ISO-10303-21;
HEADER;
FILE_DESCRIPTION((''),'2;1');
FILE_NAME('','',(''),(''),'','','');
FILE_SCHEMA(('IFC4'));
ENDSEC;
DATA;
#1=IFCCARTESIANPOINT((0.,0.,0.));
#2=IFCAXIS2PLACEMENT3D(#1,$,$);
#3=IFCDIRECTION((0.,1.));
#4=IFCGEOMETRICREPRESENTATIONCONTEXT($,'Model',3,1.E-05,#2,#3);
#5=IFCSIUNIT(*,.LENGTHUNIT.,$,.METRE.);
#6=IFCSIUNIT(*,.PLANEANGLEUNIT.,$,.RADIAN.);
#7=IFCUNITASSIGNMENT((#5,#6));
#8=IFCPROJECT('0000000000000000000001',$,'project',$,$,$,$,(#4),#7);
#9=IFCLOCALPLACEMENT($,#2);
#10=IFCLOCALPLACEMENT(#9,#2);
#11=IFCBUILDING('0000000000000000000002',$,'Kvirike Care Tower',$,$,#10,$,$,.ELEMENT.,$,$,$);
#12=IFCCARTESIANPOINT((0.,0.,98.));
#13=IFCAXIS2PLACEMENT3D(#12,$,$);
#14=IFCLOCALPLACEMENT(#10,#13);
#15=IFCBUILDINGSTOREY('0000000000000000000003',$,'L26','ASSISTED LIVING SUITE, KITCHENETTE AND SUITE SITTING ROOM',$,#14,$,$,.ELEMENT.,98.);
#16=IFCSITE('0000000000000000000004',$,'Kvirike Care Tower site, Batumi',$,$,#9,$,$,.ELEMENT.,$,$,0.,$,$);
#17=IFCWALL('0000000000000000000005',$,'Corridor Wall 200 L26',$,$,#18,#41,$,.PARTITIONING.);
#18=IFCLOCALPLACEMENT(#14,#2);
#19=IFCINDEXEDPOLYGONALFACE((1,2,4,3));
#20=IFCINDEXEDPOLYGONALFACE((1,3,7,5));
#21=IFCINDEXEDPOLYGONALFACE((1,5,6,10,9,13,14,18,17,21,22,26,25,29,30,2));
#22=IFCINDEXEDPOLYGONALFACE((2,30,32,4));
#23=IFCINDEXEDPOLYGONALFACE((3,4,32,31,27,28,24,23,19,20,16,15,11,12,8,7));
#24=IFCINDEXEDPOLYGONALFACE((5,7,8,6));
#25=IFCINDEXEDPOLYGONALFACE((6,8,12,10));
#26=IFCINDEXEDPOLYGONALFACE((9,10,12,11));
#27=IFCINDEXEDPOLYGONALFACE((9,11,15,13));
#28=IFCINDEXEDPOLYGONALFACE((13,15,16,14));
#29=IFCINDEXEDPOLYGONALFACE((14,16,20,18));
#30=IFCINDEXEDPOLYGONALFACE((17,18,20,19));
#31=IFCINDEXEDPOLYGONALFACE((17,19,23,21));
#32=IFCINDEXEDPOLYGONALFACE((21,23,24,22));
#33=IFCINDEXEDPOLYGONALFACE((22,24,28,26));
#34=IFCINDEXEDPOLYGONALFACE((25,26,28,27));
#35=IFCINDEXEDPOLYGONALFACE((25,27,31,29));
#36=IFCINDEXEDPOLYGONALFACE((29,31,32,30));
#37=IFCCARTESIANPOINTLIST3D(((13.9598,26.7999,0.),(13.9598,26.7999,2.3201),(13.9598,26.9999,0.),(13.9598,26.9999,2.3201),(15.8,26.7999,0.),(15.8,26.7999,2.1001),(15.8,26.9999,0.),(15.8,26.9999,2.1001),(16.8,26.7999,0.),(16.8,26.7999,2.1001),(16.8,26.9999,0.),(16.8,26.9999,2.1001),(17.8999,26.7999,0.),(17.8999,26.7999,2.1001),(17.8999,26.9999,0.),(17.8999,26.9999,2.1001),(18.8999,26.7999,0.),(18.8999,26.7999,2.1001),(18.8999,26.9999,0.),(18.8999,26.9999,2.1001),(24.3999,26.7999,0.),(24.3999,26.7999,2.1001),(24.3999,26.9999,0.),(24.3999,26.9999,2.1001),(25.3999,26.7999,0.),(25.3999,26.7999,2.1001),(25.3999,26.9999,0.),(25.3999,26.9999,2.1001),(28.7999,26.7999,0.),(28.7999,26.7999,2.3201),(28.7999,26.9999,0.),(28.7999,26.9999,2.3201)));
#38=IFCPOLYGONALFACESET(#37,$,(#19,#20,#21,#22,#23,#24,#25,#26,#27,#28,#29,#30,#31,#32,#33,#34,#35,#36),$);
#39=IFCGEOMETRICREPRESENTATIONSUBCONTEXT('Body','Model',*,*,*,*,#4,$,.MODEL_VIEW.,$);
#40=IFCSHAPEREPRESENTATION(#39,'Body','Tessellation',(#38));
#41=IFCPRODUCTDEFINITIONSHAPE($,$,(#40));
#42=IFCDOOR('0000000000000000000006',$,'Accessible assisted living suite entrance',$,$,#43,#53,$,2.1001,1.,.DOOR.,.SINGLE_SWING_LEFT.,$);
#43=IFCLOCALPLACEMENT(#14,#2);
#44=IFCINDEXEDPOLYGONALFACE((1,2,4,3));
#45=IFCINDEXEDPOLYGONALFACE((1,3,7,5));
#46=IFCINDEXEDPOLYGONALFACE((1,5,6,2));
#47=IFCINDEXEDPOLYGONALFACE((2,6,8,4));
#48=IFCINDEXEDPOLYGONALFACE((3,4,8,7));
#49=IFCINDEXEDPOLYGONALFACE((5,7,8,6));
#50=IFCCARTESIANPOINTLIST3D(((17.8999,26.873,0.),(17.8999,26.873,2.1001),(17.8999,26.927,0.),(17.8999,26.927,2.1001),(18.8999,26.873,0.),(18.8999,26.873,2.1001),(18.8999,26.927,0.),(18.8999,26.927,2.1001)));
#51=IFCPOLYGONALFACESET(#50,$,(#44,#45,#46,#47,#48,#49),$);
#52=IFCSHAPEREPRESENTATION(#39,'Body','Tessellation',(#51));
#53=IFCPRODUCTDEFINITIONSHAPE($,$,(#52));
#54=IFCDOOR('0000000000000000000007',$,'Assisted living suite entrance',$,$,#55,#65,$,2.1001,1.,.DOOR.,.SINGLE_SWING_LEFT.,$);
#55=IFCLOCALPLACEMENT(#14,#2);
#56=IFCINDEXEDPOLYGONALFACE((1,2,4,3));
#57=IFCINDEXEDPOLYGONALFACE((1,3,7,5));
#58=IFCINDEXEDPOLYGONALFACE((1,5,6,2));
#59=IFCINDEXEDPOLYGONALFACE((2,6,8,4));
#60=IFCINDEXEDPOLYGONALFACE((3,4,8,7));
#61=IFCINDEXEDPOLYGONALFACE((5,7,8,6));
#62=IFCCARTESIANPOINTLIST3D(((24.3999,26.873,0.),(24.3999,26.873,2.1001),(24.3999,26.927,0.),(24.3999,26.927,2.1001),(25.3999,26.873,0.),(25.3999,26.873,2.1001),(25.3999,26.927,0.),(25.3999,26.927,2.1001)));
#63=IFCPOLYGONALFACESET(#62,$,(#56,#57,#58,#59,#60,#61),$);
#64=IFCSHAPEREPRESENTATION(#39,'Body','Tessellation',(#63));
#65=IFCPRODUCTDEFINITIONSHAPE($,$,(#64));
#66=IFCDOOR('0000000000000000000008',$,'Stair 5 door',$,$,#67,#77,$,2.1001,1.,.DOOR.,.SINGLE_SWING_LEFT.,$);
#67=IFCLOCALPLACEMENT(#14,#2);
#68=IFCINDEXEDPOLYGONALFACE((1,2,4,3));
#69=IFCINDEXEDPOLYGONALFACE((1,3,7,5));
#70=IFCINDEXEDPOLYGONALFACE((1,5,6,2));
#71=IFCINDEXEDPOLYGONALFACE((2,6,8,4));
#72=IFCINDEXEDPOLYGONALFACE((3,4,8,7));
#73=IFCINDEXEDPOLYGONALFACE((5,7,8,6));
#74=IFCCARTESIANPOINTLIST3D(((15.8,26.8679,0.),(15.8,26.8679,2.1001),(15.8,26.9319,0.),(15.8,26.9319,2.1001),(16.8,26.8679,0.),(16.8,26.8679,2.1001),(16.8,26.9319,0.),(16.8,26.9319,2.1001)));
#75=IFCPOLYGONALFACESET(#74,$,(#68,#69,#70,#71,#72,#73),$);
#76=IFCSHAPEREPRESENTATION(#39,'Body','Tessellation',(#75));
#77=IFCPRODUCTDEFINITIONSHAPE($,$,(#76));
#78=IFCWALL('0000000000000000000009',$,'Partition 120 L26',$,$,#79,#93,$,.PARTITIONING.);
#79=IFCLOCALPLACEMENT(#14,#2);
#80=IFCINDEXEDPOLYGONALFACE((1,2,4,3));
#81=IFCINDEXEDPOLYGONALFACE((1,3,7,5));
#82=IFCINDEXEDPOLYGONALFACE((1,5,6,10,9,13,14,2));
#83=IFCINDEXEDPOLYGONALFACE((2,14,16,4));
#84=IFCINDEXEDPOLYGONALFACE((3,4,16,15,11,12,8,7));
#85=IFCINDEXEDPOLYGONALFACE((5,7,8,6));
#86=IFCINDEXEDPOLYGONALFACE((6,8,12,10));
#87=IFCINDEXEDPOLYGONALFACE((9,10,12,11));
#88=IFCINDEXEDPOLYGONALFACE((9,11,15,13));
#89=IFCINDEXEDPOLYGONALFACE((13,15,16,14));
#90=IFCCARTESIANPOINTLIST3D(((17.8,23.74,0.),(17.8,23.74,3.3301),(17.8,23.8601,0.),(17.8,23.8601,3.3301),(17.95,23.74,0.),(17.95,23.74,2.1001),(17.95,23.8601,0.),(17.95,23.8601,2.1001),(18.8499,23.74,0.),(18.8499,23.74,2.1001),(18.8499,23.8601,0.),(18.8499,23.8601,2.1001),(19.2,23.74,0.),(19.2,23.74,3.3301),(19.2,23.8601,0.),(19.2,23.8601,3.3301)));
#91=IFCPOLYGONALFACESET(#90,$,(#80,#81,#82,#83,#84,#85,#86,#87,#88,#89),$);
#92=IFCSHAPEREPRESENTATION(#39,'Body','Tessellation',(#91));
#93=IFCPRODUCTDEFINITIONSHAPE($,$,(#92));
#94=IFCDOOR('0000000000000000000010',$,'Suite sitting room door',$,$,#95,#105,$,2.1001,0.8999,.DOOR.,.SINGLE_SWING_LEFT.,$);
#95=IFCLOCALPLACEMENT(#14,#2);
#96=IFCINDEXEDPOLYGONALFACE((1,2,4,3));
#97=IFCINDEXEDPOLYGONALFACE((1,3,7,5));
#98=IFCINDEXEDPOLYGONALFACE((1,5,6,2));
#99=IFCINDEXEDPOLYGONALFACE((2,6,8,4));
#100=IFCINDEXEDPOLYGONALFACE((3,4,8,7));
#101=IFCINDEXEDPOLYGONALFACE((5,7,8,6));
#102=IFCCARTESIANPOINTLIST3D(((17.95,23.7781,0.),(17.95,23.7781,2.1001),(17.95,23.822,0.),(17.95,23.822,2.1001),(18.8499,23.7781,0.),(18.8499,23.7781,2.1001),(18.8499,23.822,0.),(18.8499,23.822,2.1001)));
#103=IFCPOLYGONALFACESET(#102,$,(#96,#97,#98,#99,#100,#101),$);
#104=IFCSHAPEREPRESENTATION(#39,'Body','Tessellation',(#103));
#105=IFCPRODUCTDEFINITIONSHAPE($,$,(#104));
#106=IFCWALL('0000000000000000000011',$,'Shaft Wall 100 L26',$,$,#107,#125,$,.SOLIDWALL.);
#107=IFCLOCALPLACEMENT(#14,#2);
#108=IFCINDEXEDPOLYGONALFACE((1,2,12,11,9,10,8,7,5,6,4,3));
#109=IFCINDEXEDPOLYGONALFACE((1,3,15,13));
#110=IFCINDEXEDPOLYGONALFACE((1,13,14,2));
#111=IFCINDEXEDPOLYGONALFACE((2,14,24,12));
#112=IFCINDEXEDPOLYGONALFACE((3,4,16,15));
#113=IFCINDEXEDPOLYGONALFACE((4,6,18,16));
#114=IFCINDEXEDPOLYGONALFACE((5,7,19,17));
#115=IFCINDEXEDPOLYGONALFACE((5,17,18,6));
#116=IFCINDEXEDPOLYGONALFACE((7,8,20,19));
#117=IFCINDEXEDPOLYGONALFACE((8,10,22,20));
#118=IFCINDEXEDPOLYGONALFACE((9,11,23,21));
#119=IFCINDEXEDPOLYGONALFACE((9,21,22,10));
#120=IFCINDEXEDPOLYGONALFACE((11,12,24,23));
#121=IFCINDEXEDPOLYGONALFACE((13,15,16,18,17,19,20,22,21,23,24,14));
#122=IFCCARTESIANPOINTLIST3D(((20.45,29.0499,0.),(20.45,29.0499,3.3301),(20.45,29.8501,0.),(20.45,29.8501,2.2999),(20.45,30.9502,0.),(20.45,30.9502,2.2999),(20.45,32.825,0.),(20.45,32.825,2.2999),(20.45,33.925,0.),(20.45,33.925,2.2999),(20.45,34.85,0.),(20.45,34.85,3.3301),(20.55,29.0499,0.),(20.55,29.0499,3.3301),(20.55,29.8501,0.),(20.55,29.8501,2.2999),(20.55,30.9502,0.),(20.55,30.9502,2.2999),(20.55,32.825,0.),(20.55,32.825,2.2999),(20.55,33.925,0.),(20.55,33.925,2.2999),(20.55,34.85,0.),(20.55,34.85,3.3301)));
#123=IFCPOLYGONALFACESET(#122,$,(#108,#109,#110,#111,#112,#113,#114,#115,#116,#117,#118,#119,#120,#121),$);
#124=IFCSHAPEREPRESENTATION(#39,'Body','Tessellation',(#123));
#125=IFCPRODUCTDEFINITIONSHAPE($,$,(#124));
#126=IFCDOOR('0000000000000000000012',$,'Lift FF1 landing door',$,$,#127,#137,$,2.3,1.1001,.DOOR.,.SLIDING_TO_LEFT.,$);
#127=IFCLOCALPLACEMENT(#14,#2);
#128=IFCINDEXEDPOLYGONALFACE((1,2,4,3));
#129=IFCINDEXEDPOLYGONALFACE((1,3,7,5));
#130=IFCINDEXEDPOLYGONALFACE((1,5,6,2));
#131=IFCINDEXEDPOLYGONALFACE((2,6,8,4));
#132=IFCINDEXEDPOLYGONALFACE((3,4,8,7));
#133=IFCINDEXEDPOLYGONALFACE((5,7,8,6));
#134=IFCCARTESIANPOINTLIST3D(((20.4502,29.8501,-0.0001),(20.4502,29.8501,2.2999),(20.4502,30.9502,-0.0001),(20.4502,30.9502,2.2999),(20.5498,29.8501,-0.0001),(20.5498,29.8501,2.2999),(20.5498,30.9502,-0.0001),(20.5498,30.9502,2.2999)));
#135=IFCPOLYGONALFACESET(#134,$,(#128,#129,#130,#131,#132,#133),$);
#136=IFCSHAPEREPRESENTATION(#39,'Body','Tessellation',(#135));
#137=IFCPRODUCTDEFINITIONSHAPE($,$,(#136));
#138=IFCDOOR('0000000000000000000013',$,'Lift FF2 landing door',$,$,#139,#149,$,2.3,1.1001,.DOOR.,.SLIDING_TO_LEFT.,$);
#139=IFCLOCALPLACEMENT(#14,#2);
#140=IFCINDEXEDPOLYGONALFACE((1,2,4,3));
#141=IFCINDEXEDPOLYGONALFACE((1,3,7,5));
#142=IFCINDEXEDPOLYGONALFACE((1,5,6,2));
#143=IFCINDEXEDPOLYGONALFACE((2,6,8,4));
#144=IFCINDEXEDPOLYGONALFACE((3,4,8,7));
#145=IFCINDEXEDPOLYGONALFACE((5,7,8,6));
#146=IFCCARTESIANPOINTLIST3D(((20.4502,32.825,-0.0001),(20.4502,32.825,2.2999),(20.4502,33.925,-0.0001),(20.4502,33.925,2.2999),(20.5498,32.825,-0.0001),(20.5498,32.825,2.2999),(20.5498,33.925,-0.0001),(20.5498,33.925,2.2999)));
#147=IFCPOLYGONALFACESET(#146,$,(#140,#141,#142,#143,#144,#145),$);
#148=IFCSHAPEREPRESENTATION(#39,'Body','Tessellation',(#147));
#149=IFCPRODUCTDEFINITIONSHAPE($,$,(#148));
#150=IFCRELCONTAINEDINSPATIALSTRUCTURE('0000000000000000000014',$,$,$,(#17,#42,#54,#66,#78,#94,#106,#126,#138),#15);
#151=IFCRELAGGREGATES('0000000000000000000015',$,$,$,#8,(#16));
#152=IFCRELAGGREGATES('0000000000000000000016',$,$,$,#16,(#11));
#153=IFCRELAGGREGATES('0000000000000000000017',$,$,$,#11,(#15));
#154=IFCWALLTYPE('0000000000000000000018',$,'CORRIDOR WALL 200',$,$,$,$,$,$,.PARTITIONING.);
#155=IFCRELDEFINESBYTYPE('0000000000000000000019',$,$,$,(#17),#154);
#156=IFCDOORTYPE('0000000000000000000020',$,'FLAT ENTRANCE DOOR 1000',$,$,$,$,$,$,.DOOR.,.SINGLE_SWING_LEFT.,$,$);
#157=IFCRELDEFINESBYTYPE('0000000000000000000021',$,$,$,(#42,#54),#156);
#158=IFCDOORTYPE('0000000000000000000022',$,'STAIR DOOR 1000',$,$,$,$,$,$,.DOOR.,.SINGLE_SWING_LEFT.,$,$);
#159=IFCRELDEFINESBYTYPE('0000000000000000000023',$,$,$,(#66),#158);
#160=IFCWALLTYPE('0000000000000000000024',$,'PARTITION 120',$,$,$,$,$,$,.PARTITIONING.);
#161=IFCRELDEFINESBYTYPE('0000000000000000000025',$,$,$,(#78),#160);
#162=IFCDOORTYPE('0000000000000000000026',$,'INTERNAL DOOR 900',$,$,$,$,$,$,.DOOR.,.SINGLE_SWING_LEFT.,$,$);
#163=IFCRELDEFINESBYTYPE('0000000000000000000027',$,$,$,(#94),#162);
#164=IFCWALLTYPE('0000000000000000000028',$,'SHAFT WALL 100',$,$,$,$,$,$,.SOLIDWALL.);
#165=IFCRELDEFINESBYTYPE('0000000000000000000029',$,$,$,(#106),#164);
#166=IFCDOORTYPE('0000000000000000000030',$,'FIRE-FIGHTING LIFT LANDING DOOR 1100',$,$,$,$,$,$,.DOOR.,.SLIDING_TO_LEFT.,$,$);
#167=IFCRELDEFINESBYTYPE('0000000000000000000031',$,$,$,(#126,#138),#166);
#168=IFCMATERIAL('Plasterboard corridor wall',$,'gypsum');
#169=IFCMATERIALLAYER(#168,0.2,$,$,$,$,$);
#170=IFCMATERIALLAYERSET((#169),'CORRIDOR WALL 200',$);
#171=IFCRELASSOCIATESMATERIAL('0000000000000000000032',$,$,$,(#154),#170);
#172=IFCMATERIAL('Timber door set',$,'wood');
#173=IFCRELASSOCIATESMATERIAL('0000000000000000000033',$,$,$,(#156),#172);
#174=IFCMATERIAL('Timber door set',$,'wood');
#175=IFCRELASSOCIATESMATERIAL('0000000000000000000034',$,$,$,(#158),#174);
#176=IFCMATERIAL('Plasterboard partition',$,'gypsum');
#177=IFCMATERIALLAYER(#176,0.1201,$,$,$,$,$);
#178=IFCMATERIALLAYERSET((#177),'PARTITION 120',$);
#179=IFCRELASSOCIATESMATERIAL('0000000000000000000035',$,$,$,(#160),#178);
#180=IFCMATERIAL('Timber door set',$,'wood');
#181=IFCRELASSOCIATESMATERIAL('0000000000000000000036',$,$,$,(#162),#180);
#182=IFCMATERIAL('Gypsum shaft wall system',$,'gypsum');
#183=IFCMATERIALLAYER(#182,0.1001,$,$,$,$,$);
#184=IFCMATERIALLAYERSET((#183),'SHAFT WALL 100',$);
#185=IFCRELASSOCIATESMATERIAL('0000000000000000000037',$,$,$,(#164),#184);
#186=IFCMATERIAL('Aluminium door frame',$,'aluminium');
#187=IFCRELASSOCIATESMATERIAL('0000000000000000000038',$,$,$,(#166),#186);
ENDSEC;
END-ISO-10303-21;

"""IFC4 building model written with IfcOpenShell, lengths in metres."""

from ifc_helpers import new_model, si_unit, direction, frame, frame_2d, origin, place, context, subcontext, project, spatial, rectangle, extrude, material, layer, layer_set, type_object, element, fill, save


model = new_model("IFC4")

# Units and contexts
model_context = context("Model", 3, precision=1e-05, world=origin(), true_north=direction((0.0, 1.0)))
body_context = subcontext(model_context, "Body", "Model", "MODEL_VIEW")
ifc_project = project(units=[si_unit("LENGTHUNIT", "METRE"), si_unit("PLANEANGLEUNIT", "RADIAN")], contexts=[model_context])

# Site, building, storey
site_placement = place(None, origin())
site = spatial("IfcSite", under=ifc_project, at=site_placement, Name="Kvirike Care Tower site, Batumi", CompositionType="ELEMENT", RefElevation=0.0)
building_placement = place(site_placement, origin())
building = spatial("IfcBuilding", under=site, at=building_placement, Name="Kvirike Care Tower", CompositionType="ELEMENT")
storey_placement = place(building_placement, frame((0.0, 0.0, 98.0)))
storey = spatial("IfcBuildingStorey", under=building, at=storey_placement, Name="L26", Description="ASSISTED LIVING SUITE, KITCHENETTE AND SUITE SITTING ROOM", CompositionType="ELEMENT", Elevation=98.0)

# Wall, openings, doors
ifc_material_1 = material(Name="Plasterboard corridor wall", Category="gypsum")
ifc_layer_1 = layer(ifc_material_1, 0.2)
ifc_layer_set_1 = layer_set([ifc_layer_1], Name="CORRIDOR WALL 200")
wall_type_1 = type_object("IfcWallType", Name="CORRIDOR WALL 200", PredefinedType="PARTITIONING", material=ifc_layer_set_1)
wall_1_placement = place(storey_placement, frame((13.96, 26.8999, 0.0), z_axis=(0.0, 0.0, 1.0), x_axis=(1.0, 0.0, 0.0)))
wall_1 = element("IfcWall", 1, at=wall_1_placement, inside=storey, type_object=wall_type_1, Name="Corridor Wall 200 L26", PredefinedType="PARTITIONING", context=body_context, shape_type="SweptSolid", body=[
    extrude(rectangle(XDim=14.8401, YDim=0.2, at=frame_2d((7.4199, 0.0))), origin(), (0.0, 0.0, 1.0), 2.3201),
])
opening_1_placement = place(wall_1_placement, frame((1.8401, 0.0, 0.0)))
opening_1 = element("IfcOpeningElement", 2, at=opening_1_placement, cuts=wall_1, PredefinedType="OPENING", context=body_context, shape_type="SweptSolid", body=[
    extrude(rectangle(XDim=1.0, YDim=2.1001, at=frame_2d((0.5, 1.05))), frame((0.0, 0.1106, 0.0), z_axis=(0.0, -1.0, 0.0), x_axis=(1.0, 0.0, 0.0)), (0.0, 0.0, 1.0), 0.2209),
])
opening_2_placement = place(wall_1_placement, frame((3.9399, 0.0, 0.0)))
opening_2 = element("IfcOpeningElement", 3, at=opening_2_placement, cuts=wall_1, PredefinedType="OPENING", context=body_context, shape_type="SweptSolid", body=[
    extrude(rectangle(XDim=1.0, YDim=2.1001, at=frame_2d((0.5, 1.05))), frame((0.0, 0.1106, 0.0), z_axis=(0.0, -1.0, 0.0), x_axis=(1.0, 0.0, 0.0)), (0.0, 0.0, 1.0), 0.2209),
])
opening_3_placement = place(wall_1_placement, frame((10.4399, 0.0, 0.0)))
opening_3 = element("IfcOpeningElement", 4, at=opening_3_placement, cuts=wall_1, PredefinedType="OPENING", context=body_context, shape_type="SweptSolid", body=[
    extrude(rectangle(XDim=1.0, YDim=2.1001, at=frame_2d((0.5, 1.05))), frame((0.0, 0.1106, 0.0), z_axis=(0.0, -1.0, 0.0), x_axis=(1.0, 0.0, 0.0)), (0.0, 0.0, 1.0), 0.2209),
])
ifc_material_2 = material(Name="Timber door set", Category="wood")
door_type_1 = type_object("IfcDoorType", Name="FLAT ENTRANCE DOOR 1000", OperationType="SINGLE_SWING_LEFT", PredefinedType="DOOR", material=ifc_material_2)
door_1_placement = place(opening_2_placement, frame((1.0, 0.0, 0.0), z_axis=(0.0, 0.0, 1.0), x_axis=(-1.0, 0.0, 0.0)))
door_1 = element("IfcDoor", 5, at=door_1_placement, inside=storey, type_object=door_type_1, Name="Accessible assisted living suite entrance", OperationType="SINGLE_SWING_LEFT", OverallHeight=2.1001, OverallWidth=1.0, PredefinedType="DOOR", context=body_context, shape_type="SweptSolid", body=[
    extrude(rectangle(XDim=1.0, YDim=2.1001, at=frame_2d((0.5, 1.05))), frame((0.0, 0.0269, 0.0), z_axis=(0.0, -1.0, 0.0), x_axis=(1.0, 0.0, 0.0)), (0.0, 0.0, 1.0), 0.054),
])
fill(opening_2, door_1)
door_2_placement = place(opening_3_placement, frame((1.0, 0.0, 0.0), z_axis=(0.0, 0.0, 1.0), x_axis=(-1.0, 0.0, 0.0)))
door_2 = element("IfcDoor", 6, at=door_2_placement, inside=storey, type_object=door_type_1, Name="Assisted living suite entrance", OperationType="SINGLE_SWING_LEFT", OverallHeight=2.1001, OverallWidth=1.0, PredefinedType="DOOR", context=body_context, shape_type="SweptSolid", body=[
    extrude(rectangle(XDim=1.0, YDim=2.1001, at=frame_2d((0.5, 1.05))), frame((0.0, 0.0269, 0.0), z_axis=(0.0, -1.0, 0.0), x_axis=(1.0, 0.0, 0.0)), (0.0, 0.0, 1.0), 0.054),
])
fill(opening_3, door_2)
ifc_material_3 = material(Name="Timber door set", Category="wood")
door_type_2 = type_object("IfcDoorType", Name="STAIR DOOR 1000", OperationType="SINGLE_SWING_LEFT", PredefinedType="DOOR", material=ifc_material_3)
door_3_placement = place(opening_1_placement, frame((1.0, 0.0, 0.0), z_axis=(0.0, 0.0, 1.0), x_axis=(-1.0, 0.0, 0.0)))
door_3 = element("IfcDoor", 7, at=door_3_placement, inside=storey, type_object=door_type_2, Name="Stair 5 door", OperationType="SINGLE_SWING_LEFT", OverallHeight=2.1001, OverallWidth=1.0, PredefinedType="DOOR", context=body_context, shape_type="SweptSolid", body=[
    extrude(rectangle(XDim=1.0, YDim=2.1001, at=frame_2d((0.5, 1.05))), frame((0.0, 0.032, 0.0), z_axis=(0.0, -1.0, 0.0), x_axis=(1.0, 0.0, 0.0)), (0.0, 0.0, 1.0), 0.064),
])
fill(opening_1, door_3)

# Wall, opening, door
ifc_material_4 = material(Name="Plasterboard partition", Category="gypsum")
ifc_layer_2 = layer(ifc_material_4, 0.1201)
ifc_layer_set_2 = layer_set([ifc_layer_2], Name="PARTITION 120")
wall_type_2 = type_object("IfcWallType", Name="PARTITION 120", PredefinedType="PARTITIONING", material=ifc_layer_set_2)
wall_2_placement = place(storey_placement, frame((17.8, 23.8, 0.0), z_axis=(0.0, 0.0, 1.0), x_axis=(1.0, 0.0, 0.0)))
wall_2 = element("IfcWall", 8, at=wall_2_placement, inside=storey, type_object=wall_type_2, Name="Partition 120 L26", PredefinedType="PARTITIONING", context=body_context, shape_type="SweptSolid", body=[
    extrude(rectangle(XDim=1.3999, YDim=0.1201, at=frame_2d((0.7, 0.0))), origin(), (0.0, 0.0, 1.0), 3.3301),
])
opening_4_placement = place(wall_2_placement, frame((0.1499, 0.0, 0.0)))
opening_4 = element("IfcOpeningElement", 9, at=opening_4_placement, cuts=wall_2, PredefinedType="OPENING", context=body_context, shape_type="SweptSolid", body=[
    extrude(rectangle(XDim=0.8999, YDim=2.1001, at=frame_2d((0.45, 1.05))), frame((0.0, 0.0706, 0.0), z_axis=(0.0, -1.0, 0.0), x_axis=(1.0, 0.0, 0.0)), (0.0, 0.0, 1.0), 0.1411),
])
ifc_material_5 = material(Name="Timber door set", Category="wood")
door_type_3 = type_object("IfcDoorType", Name="INTERNAL DOOR 900", OperationType="SINGLE_SWING_LEFT", PredefinedType="DOOR", material=ifc_material_5)
door_4_placement = place(opening_4_placement, frame((0.8999, 0.0, 0.0), z_axis=(0.0, 0.0, 1.0), x_axis=(-1.0, 0.0, 0.0)))
door_4 = element("IfcDoor", 10, at=door_4_placement, inside=storey, type_object=door_type_3, Name="Suite sitting room door", OperationType="SINGLE_SWING_LEFT", OverallHeight=2.1001, OverallWidth=0.8999, PredefinedType="DOOR", context=body_context, shape_type="SweptSolid", body=[
    extrude(rectangle(XDim=0.8999, YDim=2.1001, at=frame_2d((0.45, 1.05))), frame((0.0, 0.022, 0.0), z_axis=(0.0, -1.0, 0.0), x_axis=(1.0, 0.0, 0.0)), (0.0, 0.0, 1.0), 0.0439),
])
fill(opening_4, door_4)

# Wall, openings, doors
ifc_material_6 = material(Name="Gypsum shaft wall system", Category="gypsum")
ifc_layer_3 = layer(ifc_material_6, 0.1001)
ifc_layer_set_3 = layer_set([ifc_layer_3], Name="SHAFT WALL 100")
wall_type_3 = type_object("IfcWallType", Name="SHAFT WALL 100", PredefinedType="SOLIDWALL", material=ifc_layer_set_3)
wall_3_placement = place(storey_placement, frame((20.5, 29.05, 0.0), z_axis=(0.0, 0.0, 1.0), x_axis=(0.0, 1.0, 0.0)))
wall_3 = element("IfcWall", 11, at=wall_3_placement, inside=storey, type_object=wall_type_3, Name="Shaft Wall 100 L26", PredefinedType="SOLIDWALL", context=body_context, shape_type="SweptSolid", body=[
    extrude(rectangle(XDim=5.8, YDim=0.1001, at=frame_2d((2.8999, 0.0))), origin(), (0.0, 0.0, 1.0), 3.3301),
])
opening_5_placement = place(wall_3_placement, frame((0.8, 0.0, 0.0)))
opening_5 = element("IfcOpeningElement", 12, at=opening_5_placement, cuts=wall_3, PredefinedType="OPENING", context=body_context, shape_type="SweptSolid", body=[
    extrude(rectangle(XDim=1.1001, YDim=2.3, at=frame_2d((0.55, 1.1499))), frame((0.0, 0.0605, 0.0), z_axis=(0.0, -1.0, 0.0), x_axis=(1.0, 0.0, 0.0)), (0.0, 0.0, 1.0), 0.1211),
])
opening_6_placement = place(wall_3_placement, frame((3.7749, 0.0, 0.0)))
opening_6 = element("IfcOpeningElement", 13, at=opening_6_placement, cuts=wall_3, PredefinedType="OPENING", context=body_context, shape_type="SweptSolid", body=[
    extrude(rectangle(XDim=1.1001, YDim=2.3, at=frame_2d((0.55, 1.1499))), frame((0.0, 0.0605, 0.0), z_axis=(0.0, -1.0, 0.0), x_axis=(1.0, 0.0, 0.0)), (0.0, 0.0, 1.0), 0.1211),
])
ifc_material_7 = material(Name="Aluminium door frame", Category="aluminium")
door_type_4 = type_object("IfcDoorType", Name="FIRE-FIGHTING LIFT LANDING DOOR 1100", OperationType="SLIDING_TO_LEFT", PredefinedType="DOOR", material=ifc_material_7)
door_5_placement = place(opening_5_placement, origin())
door_5 = element("IfcDoor", 14, at=door_5_placement, inside=storey, type_object=door_type_4, Name="Lift FF1 landing door", OperationType="SLIDING_TO_LEFT", OverallHeight=2.3, OverallWidth=1.1001, PredefinedType="DOOR", context=body_context, shape_type="SweptSolid", body=[
    extrude(rectangle(XDim=1.1001, YDim=2.3, at=frame_2d((0.55, 1.1499))), frame((0.0, 0.0498, 0.0), z_axis=(0.0, -1.0, 0.0), x_axis=(1.0, 0.0, 0.0)), (0.0, 0.0, 1.0), 0.0996),
])
fill(opening_5, door_5)
door_6_placement = place(opening_6_placement, origin())
door_6 = element("IfcDoor", 15, at=door_6_placement, inside=storey, type_object=door_type_4, Name="Lift FF2 landing door", OperationType="SLIDING_TO_LEFT", OverallHeight=2.3, OverallWidth=1.1001, PredefinedType="DOOR", context=body_context, shape_type="SweptSolid", body=[
    extrude(rectangle(XDim=1.1001, YDim=2.3, at=frame_2d((0.55, 1.1499))), frame((0.0, 0.0498, 0.0), z_axis=(0.0, -1.0, 0.0), x_axis=(1.0, 0.0, 0.0)), (0.0, 0.0, 1.0), 0.0996),
])
fill(opening_6, door_6)

save(model, "model.ifc")
